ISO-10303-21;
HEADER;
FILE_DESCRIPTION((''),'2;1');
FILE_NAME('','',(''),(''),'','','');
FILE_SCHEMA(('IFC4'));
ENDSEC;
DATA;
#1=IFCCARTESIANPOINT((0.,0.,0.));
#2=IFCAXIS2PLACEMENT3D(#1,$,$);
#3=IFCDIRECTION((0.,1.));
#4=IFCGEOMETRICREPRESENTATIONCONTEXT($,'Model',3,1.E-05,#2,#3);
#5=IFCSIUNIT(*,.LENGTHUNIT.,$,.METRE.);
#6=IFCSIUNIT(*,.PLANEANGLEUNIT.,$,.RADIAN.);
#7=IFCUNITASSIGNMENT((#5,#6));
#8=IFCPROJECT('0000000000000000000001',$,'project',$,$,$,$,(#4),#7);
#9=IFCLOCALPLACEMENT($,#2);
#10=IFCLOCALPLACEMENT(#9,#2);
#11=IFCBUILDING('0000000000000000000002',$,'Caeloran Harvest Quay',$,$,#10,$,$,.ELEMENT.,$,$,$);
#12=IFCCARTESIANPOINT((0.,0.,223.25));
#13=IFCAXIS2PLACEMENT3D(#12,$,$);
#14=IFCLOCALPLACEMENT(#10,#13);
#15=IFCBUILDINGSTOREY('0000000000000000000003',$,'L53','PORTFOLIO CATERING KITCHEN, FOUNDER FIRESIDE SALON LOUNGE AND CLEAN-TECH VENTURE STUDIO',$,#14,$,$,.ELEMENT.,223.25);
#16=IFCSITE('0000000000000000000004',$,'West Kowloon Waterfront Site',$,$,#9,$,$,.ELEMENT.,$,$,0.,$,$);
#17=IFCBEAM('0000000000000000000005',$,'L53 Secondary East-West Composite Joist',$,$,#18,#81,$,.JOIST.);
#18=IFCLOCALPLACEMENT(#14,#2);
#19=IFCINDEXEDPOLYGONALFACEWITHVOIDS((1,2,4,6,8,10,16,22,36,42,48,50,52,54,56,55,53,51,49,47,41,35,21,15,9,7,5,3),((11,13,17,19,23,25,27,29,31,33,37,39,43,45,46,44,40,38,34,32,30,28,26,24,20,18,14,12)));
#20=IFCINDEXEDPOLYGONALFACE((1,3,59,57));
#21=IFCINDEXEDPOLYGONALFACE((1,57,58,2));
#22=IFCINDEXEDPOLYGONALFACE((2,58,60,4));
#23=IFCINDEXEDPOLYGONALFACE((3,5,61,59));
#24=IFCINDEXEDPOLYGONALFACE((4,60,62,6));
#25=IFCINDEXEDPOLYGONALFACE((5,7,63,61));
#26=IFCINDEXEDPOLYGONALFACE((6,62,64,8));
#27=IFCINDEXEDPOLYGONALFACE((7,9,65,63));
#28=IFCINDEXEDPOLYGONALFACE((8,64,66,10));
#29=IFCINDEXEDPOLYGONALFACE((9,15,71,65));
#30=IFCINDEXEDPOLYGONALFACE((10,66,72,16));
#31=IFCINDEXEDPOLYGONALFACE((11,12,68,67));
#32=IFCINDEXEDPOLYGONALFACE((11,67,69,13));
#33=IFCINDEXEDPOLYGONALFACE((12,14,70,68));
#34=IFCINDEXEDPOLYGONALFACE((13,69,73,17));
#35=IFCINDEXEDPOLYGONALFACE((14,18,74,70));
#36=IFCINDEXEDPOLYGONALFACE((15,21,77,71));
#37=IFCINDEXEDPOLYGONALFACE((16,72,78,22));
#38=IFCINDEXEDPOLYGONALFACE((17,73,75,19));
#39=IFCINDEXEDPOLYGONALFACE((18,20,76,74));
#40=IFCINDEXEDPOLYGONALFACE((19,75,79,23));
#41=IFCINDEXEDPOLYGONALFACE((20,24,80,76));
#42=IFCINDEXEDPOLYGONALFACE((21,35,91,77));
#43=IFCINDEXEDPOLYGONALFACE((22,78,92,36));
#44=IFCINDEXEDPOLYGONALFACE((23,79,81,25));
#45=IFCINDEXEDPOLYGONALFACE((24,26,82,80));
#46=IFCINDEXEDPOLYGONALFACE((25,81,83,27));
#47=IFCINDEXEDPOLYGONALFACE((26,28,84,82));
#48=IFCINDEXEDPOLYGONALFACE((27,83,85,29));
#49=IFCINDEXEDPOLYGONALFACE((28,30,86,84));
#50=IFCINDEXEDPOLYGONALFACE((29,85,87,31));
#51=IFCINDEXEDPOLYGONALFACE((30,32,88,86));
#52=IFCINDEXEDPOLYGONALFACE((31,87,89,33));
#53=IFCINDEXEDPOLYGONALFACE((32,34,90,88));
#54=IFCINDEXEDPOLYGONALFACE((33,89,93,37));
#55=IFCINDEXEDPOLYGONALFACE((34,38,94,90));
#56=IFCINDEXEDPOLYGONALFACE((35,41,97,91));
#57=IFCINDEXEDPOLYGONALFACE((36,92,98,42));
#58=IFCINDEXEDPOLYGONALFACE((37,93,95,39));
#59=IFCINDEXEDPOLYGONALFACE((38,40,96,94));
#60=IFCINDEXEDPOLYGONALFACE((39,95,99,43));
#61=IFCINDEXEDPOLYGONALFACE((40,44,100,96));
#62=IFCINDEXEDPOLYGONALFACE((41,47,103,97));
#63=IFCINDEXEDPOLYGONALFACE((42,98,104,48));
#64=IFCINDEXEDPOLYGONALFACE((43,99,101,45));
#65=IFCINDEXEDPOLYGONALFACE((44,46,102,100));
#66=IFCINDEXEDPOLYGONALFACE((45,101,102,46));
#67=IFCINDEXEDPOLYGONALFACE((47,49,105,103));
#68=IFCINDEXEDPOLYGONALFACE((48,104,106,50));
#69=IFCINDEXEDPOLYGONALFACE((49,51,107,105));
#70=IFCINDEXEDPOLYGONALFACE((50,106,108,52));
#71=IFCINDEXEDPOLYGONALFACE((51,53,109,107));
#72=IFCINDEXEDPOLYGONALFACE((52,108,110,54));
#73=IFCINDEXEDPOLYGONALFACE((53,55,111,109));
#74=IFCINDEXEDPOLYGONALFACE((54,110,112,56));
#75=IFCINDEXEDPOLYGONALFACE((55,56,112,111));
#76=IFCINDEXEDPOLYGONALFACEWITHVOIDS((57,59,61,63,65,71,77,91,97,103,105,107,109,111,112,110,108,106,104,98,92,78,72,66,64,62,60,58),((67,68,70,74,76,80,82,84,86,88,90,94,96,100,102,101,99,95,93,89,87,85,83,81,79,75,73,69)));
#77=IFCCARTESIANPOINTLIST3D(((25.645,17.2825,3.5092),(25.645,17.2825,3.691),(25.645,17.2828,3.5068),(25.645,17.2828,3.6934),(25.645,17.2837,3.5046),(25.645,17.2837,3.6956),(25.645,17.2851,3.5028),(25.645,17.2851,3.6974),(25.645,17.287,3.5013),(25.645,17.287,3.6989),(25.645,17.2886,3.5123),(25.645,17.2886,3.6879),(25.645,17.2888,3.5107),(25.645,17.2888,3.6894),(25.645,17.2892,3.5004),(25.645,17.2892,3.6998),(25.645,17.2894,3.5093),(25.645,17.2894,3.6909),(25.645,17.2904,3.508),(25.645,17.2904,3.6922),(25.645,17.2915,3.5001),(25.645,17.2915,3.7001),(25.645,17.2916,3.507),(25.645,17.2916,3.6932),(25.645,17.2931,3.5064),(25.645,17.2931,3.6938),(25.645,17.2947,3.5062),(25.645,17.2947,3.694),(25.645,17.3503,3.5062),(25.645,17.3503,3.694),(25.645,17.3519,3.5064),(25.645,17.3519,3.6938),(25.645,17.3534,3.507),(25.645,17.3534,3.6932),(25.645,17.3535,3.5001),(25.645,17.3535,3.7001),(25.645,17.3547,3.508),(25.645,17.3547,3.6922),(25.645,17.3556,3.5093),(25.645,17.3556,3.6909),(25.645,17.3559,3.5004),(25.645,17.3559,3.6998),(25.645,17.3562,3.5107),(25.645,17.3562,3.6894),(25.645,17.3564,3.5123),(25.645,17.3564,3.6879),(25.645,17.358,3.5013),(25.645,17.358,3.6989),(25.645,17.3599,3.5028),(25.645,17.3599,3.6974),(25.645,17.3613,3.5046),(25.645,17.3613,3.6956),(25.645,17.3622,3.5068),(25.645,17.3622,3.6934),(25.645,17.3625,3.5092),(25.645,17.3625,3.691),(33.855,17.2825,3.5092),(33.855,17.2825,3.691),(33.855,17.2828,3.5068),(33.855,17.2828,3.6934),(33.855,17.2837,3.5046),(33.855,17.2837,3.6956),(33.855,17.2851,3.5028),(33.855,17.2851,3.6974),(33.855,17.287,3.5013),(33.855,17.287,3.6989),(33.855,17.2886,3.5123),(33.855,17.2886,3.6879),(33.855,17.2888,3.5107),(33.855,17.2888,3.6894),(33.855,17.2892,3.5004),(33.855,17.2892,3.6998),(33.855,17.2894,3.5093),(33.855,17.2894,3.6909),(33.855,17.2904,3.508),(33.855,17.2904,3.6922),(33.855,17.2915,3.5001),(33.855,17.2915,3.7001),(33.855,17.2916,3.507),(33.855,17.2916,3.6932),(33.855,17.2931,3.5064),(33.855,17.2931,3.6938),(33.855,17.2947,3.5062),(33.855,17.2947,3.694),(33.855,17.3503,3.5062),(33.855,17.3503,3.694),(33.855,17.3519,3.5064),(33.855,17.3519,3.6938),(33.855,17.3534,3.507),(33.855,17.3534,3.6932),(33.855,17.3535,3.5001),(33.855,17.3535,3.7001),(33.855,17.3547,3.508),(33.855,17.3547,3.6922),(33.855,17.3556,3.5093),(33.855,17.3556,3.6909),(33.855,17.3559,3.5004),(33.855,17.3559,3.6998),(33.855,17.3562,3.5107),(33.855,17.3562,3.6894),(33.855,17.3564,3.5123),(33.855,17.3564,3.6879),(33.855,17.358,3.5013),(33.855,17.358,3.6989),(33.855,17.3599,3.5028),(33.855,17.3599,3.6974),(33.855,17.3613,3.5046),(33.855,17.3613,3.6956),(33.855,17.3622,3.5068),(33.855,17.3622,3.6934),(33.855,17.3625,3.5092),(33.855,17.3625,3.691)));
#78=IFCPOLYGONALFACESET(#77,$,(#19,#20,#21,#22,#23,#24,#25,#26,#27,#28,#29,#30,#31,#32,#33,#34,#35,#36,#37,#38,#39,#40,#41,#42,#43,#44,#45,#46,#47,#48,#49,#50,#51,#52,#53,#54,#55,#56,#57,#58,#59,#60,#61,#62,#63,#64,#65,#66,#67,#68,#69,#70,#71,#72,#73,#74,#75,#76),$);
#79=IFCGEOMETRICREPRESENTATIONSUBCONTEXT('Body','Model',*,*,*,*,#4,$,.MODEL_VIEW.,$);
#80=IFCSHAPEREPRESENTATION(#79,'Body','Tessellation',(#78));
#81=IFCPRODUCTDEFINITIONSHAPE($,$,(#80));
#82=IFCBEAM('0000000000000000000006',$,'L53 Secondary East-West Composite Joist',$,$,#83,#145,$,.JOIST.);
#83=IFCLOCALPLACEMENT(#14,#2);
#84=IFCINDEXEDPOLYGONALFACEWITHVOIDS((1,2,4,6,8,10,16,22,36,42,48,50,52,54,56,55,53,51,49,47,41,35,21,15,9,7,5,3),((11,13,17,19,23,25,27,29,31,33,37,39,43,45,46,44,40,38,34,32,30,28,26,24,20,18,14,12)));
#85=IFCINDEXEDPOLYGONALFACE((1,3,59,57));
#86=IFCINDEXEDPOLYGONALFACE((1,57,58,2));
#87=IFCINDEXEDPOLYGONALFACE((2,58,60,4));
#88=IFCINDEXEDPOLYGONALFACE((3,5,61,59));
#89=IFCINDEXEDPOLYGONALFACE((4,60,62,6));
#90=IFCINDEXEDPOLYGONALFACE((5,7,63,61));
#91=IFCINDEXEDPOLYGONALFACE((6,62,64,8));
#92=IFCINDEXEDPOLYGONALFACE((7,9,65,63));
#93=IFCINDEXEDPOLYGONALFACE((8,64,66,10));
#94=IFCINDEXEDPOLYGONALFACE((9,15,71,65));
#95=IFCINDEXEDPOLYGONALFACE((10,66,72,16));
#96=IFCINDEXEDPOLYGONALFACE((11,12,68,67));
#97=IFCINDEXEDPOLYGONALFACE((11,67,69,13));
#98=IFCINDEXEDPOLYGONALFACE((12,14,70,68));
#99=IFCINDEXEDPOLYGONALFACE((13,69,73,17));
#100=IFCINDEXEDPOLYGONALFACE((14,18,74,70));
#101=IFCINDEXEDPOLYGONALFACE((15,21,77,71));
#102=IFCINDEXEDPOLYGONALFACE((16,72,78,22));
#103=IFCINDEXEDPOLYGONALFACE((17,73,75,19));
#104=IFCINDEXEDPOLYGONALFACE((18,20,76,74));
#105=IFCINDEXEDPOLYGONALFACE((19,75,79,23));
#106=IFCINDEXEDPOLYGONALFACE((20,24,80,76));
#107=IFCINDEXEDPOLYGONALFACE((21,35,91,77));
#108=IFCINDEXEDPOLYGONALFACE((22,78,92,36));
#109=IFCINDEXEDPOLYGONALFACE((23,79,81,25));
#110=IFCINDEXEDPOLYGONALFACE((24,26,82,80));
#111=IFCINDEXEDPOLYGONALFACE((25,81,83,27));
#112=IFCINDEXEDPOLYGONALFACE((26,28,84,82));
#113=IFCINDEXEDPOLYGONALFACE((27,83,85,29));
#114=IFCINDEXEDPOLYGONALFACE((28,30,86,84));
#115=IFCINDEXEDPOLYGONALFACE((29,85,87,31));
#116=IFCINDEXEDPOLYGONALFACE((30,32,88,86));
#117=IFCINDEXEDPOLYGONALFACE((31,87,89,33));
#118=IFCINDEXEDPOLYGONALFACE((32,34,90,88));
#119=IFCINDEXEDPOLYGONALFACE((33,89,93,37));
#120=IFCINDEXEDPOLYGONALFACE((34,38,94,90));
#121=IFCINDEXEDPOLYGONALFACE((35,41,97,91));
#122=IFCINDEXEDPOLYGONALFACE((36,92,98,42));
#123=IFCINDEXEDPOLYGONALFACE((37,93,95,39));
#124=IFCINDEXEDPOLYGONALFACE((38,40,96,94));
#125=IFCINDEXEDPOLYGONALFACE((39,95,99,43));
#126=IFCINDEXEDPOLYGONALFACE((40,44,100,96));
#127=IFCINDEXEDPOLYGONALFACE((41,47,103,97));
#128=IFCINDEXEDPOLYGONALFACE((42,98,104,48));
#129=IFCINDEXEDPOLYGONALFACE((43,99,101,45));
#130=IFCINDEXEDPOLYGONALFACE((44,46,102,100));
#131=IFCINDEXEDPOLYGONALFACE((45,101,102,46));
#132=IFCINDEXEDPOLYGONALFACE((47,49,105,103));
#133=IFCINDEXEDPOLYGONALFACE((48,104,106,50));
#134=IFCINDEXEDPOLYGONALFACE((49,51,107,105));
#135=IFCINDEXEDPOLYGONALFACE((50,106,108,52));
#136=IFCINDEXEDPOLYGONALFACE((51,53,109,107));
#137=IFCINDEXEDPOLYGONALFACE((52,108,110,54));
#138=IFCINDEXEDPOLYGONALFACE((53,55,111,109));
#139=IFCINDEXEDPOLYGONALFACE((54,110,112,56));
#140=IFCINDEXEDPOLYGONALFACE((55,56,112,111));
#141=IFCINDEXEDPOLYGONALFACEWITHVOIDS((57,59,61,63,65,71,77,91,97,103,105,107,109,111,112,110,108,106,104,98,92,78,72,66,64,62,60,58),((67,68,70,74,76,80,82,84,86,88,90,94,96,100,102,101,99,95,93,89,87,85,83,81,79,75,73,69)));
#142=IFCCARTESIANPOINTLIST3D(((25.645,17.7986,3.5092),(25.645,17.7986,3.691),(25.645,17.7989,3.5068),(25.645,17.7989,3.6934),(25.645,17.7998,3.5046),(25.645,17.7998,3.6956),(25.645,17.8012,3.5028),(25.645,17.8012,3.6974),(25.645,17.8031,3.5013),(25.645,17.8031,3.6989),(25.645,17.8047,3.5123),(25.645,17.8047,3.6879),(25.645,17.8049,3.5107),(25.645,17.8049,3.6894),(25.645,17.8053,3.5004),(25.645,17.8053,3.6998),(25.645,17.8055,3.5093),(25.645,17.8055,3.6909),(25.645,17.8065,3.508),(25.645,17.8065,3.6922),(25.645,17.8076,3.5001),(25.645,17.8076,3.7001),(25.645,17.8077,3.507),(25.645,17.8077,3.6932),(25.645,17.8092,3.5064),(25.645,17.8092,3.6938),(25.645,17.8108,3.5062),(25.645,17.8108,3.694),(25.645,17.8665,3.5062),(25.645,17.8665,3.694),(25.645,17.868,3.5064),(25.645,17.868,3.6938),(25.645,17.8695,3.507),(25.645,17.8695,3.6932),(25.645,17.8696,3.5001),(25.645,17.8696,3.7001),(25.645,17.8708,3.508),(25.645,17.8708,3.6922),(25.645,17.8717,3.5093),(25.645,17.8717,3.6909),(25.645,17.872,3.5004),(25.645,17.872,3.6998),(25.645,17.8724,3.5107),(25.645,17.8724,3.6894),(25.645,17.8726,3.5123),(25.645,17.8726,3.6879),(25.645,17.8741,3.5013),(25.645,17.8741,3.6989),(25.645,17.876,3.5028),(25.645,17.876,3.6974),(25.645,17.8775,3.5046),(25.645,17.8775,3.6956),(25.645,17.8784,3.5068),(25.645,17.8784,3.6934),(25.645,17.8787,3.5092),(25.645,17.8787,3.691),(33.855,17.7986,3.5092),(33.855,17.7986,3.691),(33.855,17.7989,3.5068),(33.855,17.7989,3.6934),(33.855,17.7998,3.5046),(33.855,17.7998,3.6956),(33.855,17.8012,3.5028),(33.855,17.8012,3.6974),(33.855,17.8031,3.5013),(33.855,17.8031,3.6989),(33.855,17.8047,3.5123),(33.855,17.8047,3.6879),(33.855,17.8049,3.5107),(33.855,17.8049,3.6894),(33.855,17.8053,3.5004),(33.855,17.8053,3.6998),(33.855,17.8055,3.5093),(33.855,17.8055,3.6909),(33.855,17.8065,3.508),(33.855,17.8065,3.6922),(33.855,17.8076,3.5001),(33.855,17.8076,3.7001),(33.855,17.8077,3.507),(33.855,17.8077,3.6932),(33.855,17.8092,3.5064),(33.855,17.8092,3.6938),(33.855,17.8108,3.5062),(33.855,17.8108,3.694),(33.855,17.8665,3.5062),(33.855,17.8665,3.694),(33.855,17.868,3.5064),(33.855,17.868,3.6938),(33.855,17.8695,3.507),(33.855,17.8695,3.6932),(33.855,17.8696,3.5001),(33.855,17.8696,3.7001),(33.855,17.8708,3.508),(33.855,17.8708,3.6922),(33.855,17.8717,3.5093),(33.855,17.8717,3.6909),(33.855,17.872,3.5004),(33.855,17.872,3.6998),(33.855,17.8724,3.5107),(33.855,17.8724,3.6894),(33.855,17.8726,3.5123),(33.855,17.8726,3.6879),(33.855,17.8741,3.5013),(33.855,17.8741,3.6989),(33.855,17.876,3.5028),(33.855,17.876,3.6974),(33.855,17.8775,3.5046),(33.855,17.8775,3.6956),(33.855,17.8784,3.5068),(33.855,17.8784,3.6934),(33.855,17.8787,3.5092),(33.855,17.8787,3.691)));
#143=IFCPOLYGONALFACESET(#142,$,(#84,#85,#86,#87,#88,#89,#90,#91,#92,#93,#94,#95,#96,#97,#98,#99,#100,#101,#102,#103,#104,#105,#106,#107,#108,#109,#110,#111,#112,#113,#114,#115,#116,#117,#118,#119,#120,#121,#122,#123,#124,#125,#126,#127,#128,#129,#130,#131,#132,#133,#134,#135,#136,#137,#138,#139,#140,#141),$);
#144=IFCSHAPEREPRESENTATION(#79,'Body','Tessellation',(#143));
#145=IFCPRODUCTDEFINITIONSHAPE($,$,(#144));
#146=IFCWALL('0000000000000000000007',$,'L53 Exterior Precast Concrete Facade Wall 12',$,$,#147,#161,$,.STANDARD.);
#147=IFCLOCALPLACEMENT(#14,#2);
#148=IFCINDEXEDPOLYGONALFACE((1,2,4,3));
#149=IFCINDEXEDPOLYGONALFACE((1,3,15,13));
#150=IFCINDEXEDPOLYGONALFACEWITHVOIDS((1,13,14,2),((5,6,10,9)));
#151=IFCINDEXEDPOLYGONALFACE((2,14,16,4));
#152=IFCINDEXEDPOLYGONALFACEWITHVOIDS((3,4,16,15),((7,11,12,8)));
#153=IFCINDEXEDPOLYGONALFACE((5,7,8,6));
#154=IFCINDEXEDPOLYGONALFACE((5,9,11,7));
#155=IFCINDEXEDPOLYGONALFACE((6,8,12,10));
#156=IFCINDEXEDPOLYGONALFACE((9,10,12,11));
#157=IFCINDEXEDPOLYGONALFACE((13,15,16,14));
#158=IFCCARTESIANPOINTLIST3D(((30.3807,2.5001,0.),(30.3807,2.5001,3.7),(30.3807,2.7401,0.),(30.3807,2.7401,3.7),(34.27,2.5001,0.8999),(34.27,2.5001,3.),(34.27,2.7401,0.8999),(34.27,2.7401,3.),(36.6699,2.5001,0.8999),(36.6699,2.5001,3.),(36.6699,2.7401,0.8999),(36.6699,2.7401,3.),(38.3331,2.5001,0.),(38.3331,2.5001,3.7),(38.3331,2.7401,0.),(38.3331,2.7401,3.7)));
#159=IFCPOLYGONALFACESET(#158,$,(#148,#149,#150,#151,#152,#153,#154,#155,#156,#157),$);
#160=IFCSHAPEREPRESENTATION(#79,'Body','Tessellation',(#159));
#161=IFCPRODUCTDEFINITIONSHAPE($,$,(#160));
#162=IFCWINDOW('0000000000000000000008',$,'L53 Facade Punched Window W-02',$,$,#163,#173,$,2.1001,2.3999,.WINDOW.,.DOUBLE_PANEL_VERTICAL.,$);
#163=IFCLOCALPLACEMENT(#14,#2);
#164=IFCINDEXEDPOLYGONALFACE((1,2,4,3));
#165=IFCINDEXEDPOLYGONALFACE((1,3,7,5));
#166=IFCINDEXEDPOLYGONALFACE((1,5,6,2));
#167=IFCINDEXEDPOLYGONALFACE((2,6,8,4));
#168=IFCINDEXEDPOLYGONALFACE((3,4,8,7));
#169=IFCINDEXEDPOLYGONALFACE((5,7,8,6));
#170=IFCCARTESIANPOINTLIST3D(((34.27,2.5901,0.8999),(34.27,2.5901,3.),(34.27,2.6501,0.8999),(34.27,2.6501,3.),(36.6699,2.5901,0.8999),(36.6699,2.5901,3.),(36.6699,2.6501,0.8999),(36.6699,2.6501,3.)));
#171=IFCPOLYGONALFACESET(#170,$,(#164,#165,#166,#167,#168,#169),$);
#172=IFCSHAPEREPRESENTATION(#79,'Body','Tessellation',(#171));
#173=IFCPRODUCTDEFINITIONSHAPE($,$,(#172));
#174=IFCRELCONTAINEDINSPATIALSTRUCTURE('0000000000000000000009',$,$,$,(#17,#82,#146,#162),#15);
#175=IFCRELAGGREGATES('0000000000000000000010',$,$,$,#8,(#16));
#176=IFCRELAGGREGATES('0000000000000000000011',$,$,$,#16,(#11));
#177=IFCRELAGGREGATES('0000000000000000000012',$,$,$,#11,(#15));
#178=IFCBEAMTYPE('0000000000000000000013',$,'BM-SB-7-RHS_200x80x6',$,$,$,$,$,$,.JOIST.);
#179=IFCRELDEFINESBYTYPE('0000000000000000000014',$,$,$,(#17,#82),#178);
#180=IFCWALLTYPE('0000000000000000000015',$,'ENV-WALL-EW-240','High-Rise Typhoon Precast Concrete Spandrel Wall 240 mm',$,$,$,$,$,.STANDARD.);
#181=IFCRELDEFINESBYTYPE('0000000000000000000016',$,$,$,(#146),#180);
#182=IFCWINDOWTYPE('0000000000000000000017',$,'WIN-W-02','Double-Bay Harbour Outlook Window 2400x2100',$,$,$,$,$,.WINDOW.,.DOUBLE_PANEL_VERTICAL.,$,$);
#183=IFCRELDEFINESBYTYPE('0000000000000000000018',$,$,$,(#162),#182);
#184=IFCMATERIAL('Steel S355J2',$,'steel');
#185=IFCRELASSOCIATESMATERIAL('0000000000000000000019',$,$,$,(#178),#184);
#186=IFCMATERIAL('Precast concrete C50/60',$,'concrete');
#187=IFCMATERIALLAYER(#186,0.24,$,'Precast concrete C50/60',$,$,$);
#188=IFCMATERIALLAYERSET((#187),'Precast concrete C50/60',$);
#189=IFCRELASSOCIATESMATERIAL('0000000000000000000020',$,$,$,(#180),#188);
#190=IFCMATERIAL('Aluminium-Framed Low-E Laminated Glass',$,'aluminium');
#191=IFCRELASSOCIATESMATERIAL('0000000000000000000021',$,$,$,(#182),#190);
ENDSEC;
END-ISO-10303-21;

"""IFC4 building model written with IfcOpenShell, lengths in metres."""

from ifc_helpers import new_model, si_unit, direction, frame, frame_2d, origin, origin_2d, place, context, subcontext, project, spatial, rectangle, hollow_rectangle, extrude, material, layer, layer_set, material_profile, profile_set, type_object, element, fill, save


model = new_model("IFC4")

# Units and contexts
model_context = context("Model", 3, precision=1e-05, world=origin(), true_north=direction((0.0, 1.0)))
body_context = subcontext(model_context, "Body", "Model", "MODEL_VIEW")
ifc_project = project(units=[si_unit("LENGTHUNIT", "METRE"), si_unit("PLANEANGLEUNIT", "RADIAN")], contexts=[model_context])

# Site, building, storey
site_placement = place(None, origin())
site = spatial("IfcSite", under=ifc_project, at=site_placement, Name="West Kowloon Waterfront Site", CompositionType="ELEMENT", RefElevation=0.0)
building_placement = place(site_placement, origin())
building = spatial("IfcBuilding", under=site, at=building_placement, Name="Caeloran Harvest Quay", CompositionType="ELEMENT")
storey_placement = place(building_placement, frame((0.0, 0.0, 223.25)))
storey = spatial("IfcBuildingStorey", under=building, at=storey_placement, Name="L53", Description="PORTFOLIO CATERING KITCHEN, FOUNDER FIRESIDE SALON LOUNGE AND CLEAN-TECH VENTURE STUDIO", CompositionType="ELEMENT", Elevation=223.25)

# Beams
ifc_material_1 = material(Name="Steel S355J2", Category="steel")
ifc_material_profile_1 = material_profile(ifc_material_1, hollow_rectangle(XDim=0.0801, YDim=0.2, WallThickness=0.0061, InnerFilletRadius=0.0061, OuterFilletRadius=0.009, at=origin_2d()), Name="RHS 200x80x6")
ifc_profile_set_1 = profile_set([ifc_material_profile_1], Name="Steel S355J2")
beam_type_1 = type_object("IfcBeamType", Name="BM-SB-7-RHS_200x80x6", PredefinedType="JOIST", material=ifc_profile_set_1)
for number, where, z_axis, x_axis, name in (
    (1, (25.645, 17.3225, 3.6001), (1.0, 0.0, 0.0), (0.0, 1.0, 0.0), "L53 Secondary East-West Composite Joist"),
    (2, (25.645, 17.8386, 3.6001), (1.0, 0.0, 0.0), (0.0, 1.0, 0.0), "L53 Secondary East-West Composite Joist"),
):
    element("IfcBeam", number, at=place(storey_placement, frame(where, z_axis=z_axis, x_axis=x_axis)), inside=storey, type_object=beam_type_1, Name=name, PredefinedType="JOIST", context=body_context, shape_type="SweptSolid", body=[
        extrude(hollow_rectangle(XDim=0.0801, YDim=0.2, WallThickness=0.0061, InnerFilletRadius=0.0061, OuterFilletRadius=0.009, at=origin_2d()), origin(), (0.0, 0.0, 1.0), 8.21),
    ])

# Wall, opening, window
ifc_material_2 = material(Name="Precast concrete C50/60", Category="concrete")
ifc_layer = layer(ifc_material_2, 0.24, Name="Precast concrete C50/60")
ifc_layer_set = layer_set([ifc_layer], Name="Precast concrete C50/60")
wall_type = type_object("IfcWallType", Name="ENV-WALL-EW-240", Description="High-Rise Typhoon Precast Concrete Spandrel Wall 240 mm", PredefinedType="STANDARD", material=ifc_layer_set)
wall_1_placement = place(storey_placement, frame((38.333, 2.6201, 0.0), z_axis=(0.0, 0.0, 1.0), x_axis=(-1.0, 0.0, 0.0)))
wall_1 = element("IfcWall", 3, at=wall_1_placement, inside=storey, type_object=wall_type, Name="L53 Exterior Precast Concrete Facade Wall 12", PredefinedType="STANDARD", context=body_context, shape_type="SweptSolid", body=[
    extrude(rectangle(XDim=7.9524, YDim=0.24, at=frame_2d((3.9761, 0.0))), origin(), (0.0, 0.0, 1.0), 3.7),
])
opening_1_placement = place(wall_1_placement, frame((1.6631, 0.0, 0.8999)))
opening_1 = element("IfcOpeningElement", 4, at=opening_1_placement, cuts=wall_1, PredefinedType="OPENING", context=body_context, shape_type="SweptSolid", body=[
    extrude(rectangle(XDim=2.3999, YDim=2.1001, at=frame_2d((1.2, 1.05))), frame((0.0, 0.1299, 0.0), z_axis=(0.0, -1.0, 0.0), x_axis=(1.0, 0.0, 0.0)), (0.0, 0.0, 1.0), 0.26),
])
ifc_material_3 = material(Name="Aluminium-Framed Low-E Laminated Glass", Category="aluminium")
window_type = type_object("IfcWindowType", Name="WIN-W-02", Description="Double-Bay Harbour Outlook Window 2400x2100", PartitioningType="DOUBLE_PANEL_VERTICAL", PredefinedType="WINDOW", material=ifc_material_3)
window_1_placement = place(opening_1_placement, origin())
window_1 = element("IfcWindow", 5, at=window_1_placement, inside=storey, type_object=window_type, Name="L53 Facade Punched Window W-02", OverallHeight=2.1001, OverallWidth=2.3999, PartitioningType="DOUBLE_PANEL_VERTICAL", PredefinedType="WINDOW", context=body_context, shape_type="SweptSolid", body=[
    extrude(rectangle(XDim=2.3999, YDim=2.1001, at=frame_2d((1.2, 1.05))), frame((0.0, 0.03, 0.0), z_axis=(0.0, -1.0, 0.0), x_axis=(1.0, 0.0, 0.0)), (0.0, 0.0, 1.0), 0.0601),
])
fill(opening_1, window_1)

save(model, "model.ifc")
